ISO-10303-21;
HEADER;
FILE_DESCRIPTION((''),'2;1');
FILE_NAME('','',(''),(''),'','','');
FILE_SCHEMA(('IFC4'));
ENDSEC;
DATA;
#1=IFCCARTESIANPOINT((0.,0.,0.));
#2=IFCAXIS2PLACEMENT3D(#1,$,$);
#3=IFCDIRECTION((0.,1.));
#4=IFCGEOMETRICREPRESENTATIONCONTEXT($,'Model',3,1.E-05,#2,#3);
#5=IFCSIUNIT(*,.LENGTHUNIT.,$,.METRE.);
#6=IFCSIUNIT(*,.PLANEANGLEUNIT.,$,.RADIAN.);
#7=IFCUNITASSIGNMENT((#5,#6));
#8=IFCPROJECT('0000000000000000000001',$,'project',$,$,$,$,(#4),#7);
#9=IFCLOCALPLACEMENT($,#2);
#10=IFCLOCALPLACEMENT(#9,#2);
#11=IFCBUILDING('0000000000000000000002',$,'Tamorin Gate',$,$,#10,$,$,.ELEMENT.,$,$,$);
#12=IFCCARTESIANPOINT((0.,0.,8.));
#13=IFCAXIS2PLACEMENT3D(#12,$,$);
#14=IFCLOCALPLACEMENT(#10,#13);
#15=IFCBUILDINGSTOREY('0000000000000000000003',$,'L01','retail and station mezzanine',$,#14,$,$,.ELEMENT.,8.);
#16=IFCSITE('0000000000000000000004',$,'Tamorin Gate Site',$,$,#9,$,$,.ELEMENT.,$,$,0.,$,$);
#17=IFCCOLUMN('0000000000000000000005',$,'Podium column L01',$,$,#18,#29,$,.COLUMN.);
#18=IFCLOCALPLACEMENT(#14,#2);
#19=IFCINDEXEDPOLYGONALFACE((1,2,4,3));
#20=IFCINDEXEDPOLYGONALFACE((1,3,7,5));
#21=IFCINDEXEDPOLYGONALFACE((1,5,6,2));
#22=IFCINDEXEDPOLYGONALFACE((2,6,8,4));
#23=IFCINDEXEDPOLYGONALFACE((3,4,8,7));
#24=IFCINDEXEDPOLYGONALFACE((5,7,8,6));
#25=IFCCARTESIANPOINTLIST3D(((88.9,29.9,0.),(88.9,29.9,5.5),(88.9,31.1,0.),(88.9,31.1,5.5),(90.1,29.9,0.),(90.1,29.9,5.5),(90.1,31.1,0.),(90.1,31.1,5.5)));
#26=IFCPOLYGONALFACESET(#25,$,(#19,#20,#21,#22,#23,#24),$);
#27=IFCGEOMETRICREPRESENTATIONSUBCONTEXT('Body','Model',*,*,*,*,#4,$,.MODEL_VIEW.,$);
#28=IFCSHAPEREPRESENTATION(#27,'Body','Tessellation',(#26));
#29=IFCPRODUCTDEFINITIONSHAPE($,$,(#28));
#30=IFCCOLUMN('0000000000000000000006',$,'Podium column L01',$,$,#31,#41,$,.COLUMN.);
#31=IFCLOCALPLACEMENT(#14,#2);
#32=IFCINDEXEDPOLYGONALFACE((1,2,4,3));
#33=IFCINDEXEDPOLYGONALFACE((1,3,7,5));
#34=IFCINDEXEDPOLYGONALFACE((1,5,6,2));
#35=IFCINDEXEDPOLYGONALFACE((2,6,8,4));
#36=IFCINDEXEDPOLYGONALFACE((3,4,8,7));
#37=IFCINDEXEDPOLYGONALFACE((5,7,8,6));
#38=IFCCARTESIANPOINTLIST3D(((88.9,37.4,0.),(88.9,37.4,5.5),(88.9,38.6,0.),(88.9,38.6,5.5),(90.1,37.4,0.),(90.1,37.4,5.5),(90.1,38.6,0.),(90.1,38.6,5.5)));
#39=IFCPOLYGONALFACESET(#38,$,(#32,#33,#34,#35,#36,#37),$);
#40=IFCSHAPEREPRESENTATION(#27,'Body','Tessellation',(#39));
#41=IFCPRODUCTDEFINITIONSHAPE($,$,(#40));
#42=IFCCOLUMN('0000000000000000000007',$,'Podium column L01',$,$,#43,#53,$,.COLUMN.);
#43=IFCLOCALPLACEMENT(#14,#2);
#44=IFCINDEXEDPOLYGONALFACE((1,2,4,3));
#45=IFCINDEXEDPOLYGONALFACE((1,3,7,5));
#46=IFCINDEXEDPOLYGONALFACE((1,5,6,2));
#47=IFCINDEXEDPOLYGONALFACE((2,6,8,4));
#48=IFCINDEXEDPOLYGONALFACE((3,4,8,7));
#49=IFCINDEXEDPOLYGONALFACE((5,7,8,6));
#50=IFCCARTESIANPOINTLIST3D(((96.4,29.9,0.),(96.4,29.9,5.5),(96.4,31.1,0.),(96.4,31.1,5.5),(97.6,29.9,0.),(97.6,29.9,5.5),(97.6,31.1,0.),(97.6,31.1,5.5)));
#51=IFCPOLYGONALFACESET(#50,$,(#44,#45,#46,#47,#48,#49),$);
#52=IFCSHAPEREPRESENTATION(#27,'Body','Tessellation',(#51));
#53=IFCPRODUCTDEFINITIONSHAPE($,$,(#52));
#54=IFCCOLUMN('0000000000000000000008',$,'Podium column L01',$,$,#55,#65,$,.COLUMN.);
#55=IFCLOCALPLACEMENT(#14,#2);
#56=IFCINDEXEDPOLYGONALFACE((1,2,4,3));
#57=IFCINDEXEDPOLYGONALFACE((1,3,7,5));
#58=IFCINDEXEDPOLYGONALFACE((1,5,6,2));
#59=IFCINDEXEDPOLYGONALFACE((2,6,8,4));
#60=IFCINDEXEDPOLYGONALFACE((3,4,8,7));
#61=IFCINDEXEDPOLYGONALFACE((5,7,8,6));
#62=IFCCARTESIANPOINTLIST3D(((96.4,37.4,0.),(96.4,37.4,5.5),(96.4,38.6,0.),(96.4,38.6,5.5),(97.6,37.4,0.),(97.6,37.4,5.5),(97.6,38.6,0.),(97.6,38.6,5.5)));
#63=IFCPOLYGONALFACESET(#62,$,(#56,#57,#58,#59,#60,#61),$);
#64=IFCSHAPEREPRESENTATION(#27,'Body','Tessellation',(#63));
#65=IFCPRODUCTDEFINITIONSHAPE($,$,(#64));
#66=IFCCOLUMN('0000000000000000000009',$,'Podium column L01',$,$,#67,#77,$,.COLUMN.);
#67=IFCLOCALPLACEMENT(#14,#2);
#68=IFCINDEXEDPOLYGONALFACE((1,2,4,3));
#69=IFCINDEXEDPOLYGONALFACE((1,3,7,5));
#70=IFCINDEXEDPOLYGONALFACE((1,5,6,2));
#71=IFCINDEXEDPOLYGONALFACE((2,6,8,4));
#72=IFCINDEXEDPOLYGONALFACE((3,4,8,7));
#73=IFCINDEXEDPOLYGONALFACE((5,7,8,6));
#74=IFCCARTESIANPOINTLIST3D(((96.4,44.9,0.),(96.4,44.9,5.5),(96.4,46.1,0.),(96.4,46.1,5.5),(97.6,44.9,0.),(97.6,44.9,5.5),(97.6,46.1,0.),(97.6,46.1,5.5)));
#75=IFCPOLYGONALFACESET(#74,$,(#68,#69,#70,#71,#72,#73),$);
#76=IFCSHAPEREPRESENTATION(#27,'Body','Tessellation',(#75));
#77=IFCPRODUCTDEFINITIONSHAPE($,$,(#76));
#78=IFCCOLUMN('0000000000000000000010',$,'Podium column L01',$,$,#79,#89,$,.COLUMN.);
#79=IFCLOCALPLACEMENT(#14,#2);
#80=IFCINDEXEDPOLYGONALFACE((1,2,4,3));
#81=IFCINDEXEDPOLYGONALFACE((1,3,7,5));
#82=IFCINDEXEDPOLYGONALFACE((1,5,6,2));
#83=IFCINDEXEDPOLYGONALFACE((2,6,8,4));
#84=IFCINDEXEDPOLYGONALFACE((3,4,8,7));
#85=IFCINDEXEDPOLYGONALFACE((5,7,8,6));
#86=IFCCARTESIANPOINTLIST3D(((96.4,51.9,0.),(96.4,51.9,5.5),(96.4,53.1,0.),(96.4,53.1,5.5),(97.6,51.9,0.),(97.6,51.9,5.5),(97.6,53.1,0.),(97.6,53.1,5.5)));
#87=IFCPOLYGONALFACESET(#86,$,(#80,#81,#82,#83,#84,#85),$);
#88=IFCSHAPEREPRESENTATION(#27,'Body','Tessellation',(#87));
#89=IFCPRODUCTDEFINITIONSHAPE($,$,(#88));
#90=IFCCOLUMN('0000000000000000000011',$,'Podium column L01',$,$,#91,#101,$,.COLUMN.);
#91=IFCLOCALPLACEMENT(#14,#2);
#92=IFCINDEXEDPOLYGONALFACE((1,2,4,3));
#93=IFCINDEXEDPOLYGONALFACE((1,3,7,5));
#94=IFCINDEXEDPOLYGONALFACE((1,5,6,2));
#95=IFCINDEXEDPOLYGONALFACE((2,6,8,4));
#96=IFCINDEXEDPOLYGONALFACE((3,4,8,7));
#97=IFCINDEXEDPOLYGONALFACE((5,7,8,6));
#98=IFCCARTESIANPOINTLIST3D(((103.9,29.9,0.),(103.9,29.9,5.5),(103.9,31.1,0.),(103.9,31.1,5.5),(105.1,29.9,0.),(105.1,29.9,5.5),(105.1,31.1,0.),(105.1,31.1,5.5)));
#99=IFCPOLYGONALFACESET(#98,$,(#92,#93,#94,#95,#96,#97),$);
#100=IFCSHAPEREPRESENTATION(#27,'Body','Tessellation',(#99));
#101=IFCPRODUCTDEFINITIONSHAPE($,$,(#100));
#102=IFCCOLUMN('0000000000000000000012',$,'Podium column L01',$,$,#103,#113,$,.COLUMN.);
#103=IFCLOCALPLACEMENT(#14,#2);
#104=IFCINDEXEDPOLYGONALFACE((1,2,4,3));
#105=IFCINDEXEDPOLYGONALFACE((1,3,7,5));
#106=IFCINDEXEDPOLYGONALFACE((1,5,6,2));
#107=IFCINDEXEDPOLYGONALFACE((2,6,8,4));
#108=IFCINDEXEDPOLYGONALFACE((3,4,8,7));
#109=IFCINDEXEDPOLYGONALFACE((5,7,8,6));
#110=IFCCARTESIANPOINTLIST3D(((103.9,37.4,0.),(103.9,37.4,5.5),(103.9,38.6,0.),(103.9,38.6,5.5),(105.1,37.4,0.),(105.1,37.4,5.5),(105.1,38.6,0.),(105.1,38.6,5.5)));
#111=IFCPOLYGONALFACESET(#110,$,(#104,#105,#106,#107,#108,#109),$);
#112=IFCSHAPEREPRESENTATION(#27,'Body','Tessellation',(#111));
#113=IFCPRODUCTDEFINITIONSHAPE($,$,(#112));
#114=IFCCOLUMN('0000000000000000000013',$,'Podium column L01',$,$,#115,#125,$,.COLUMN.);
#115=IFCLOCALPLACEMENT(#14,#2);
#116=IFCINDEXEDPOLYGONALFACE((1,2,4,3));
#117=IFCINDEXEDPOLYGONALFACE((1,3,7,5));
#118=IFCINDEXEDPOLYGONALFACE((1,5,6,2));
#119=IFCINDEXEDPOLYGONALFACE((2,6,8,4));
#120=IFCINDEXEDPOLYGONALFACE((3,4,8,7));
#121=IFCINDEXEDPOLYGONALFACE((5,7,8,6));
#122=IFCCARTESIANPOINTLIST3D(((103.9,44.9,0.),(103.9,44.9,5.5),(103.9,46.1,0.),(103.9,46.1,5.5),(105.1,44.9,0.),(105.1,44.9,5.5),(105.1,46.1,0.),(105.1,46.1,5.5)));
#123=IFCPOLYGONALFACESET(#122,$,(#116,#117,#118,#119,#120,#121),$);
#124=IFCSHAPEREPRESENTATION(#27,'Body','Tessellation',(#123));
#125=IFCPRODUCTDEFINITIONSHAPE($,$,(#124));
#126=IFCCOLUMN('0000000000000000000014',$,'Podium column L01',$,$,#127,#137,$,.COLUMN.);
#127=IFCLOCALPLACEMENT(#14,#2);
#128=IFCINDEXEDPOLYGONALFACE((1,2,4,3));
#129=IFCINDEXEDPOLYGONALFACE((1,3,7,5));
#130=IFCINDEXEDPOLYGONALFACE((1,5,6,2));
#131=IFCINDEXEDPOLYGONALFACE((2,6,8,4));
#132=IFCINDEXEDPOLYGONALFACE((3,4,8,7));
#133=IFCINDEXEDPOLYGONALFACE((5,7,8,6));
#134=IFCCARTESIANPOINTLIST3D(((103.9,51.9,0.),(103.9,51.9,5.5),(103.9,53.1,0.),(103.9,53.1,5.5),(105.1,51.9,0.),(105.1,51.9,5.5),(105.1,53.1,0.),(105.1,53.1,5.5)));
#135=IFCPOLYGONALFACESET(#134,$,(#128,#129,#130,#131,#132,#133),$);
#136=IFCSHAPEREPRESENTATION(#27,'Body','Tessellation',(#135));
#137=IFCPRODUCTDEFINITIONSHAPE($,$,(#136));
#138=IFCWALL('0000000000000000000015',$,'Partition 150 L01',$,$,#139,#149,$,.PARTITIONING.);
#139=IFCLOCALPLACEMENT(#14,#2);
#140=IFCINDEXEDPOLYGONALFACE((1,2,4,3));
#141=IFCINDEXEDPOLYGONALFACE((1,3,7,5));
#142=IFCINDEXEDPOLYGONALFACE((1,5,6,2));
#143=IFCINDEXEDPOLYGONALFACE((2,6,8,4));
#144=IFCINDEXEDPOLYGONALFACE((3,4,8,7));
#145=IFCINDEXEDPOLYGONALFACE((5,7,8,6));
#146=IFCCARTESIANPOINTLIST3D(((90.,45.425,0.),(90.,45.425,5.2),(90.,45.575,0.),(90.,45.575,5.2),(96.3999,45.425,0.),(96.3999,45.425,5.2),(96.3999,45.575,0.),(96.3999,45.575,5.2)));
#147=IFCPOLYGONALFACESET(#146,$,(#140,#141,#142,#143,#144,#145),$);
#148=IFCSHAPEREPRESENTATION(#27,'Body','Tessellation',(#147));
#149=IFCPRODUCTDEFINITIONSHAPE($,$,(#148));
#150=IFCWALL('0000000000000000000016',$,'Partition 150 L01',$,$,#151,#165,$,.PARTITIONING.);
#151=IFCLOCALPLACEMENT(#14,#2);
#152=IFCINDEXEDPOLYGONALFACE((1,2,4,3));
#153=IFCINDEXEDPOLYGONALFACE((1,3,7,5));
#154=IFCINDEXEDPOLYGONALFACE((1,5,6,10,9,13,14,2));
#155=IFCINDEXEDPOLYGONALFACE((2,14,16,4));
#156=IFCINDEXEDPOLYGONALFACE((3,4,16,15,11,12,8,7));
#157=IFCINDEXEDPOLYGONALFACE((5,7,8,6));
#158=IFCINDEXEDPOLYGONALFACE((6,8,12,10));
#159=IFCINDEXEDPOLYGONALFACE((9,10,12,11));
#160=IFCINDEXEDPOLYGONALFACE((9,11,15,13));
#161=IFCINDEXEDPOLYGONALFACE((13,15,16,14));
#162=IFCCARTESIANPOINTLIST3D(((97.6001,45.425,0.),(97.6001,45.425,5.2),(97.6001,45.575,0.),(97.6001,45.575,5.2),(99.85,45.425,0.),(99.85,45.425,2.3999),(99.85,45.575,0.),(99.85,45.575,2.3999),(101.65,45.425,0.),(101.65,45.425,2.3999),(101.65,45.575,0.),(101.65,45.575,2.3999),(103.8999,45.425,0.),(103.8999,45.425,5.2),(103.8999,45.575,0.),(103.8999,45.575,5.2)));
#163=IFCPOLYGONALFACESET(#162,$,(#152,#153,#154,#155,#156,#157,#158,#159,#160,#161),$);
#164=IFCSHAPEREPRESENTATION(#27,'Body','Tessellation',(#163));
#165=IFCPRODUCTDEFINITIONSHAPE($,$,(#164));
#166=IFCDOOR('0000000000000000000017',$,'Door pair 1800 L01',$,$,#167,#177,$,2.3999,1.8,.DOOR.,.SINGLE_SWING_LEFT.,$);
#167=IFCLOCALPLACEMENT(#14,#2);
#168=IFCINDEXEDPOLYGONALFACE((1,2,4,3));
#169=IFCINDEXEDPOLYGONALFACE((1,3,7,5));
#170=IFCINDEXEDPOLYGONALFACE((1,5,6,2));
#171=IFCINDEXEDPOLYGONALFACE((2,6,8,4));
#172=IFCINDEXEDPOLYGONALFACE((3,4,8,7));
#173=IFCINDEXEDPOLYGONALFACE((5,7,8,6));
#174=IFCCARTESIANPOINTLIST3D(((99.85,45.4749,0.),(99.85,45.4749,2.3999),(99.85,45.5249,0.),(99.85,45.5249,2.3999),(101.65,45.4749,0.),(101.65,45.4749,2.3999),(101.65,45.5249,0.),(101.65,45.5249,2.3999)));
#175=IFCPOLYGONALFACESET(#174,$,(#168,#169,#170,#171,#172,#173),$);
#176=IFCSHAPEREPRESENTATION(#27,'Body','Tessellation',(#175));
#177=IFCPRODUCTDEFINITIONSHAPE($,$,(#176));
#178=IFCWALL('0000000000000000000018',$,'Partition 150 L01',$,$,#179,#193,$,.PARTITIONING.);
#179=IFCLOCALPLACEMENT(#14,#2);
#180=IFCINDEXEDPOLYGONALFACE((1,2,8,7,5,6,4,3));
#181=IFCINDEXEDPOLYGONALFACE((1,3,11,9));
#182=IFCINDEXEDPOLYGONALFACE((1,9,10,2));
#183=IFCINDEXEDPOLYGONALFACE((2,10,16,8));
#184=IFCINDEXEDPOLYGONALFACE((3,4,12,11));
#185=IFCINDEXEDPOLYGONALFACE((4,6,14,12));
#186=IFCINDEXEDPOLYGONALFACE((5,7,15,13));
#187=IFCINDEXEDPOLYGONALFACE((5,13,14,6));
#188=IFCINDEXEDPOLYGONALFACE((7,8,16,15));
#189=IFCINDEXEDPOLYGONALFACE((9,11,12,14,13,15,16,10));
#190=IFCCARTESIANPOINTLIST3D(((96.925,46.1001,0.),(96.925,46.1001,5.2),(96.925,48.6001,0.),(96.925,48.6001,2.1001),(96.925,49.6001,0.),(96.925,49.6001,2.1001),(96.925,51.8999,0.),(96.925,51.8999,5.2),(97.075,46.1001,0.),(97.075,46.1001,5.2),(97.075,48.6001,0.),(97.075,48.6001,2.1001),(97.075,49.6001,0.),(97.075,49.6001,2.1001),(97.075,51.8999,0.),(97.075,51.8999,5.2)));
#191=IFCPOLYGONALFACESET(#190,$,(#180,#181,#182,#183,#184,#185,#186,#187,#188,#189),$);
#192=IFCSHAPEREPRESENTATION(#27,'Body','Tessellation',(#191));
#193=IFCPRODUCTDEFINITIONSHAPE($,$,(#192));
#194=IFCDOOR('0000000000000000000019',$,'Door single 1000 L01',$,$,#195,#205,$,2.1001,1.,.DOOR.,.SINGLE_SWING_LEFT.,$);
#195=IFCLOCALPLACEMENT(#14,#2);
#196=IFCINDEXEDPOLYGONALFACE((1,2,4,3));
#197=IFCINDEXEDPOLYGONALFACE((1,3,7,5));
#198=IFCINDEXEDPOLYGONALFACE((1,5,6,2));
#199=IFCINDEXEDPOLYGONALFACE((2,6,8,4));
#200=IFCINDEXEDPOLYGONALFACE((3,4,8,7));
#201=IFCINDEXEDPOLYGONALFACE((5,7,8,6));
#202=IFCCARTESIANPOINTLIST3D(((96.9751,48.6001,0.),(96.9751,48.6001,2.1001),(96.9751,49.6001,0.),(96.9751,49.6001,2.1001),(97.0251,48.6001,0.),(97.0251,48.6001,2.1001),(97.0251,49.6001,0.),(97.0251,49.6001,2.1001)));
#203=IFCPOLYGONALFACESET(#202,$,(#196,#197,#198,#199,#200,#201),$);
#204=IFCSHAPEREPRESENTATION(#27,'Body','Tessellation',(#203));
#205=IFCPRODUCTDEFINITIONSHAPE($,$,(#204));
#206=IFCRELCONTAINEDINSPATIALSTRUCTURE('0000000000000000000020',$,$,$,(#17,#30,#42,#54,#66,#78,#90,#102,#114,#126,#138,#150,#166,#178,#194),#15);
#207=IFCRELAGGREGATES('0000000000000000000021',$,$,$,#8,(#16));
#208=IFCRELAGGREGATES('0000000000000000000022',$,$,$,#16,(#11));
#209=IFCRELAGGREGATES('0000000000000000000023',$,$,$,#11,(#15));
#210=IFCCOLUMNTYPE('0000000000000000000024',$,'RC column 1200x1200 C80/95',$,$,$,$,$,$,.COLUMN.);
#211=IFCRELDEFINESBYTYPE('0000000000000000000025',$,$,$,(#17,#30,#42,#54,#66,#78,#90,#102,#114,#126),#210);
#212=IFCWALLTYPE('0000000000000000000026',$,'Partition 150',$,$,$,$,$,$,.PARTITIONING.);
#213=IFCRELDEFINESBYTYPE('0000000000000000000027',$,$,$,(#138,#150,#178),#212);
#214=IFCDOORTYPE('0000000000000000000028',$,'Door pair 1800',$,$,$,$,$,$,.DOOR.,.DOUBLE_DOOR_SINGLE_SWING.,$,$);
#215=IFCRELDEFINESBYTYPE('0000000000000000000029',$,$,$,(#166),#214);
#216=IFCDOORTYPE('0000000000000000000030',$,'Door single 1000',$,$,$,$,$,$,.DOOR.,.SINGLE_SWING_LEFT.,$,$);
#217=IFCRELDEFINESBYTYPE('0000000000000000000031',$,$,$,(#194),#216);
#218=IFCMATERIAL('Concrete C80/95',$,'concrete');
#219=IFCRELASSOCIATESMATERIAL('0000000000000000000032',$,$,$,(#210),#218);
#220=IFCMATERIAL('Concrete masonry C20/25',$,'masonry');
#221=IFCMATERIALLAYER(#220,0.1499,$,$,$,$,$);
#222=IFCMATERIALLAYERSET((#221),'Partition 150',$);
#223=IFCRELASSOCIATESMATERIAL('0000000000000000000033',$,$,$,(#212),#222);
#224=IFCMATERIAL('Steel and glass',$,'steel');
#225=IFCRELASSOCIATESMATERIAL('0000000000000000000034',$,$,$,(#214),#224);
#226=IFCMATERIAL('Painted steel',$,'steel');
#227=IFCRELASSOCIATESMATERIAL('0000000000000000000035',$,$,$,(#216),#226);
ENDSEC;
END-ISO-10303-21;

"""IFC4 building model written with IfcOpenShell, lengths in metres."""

from ifc_helpers import new_model, si_unit, direction, frame, frame_2d, origin, origin_2d, place, context, subcontext, project, spatial, rectangle, extrude, material, layer, layer_set, material_profile, profile_set, type_object, element, fill, save


model = new_model("IFC4")

# Units and contexts
model_context = context("Model", 3, precision=1e-05, world=origin(), true_north=direction((0.0, 1.0)))
body_context = subcontext(model_context, "Body", "Model", "MODEL_VIEW")
ifc_project = project(units=[si_unit("LENGTHUNIT", "METRE"), si_unit("PLANEANGLEUNIT", "RADIAN")], contexts=[model_context])

# Site, building, storey
site_placement = place(None, origin())
site = spatial("IfcSite", under=ifc_project, at=site_placement, Name="Tamorin Gate Site", CompositionType="ELEMENT", RefElevation=0.0)
building_placement = place(site_placement, origin())
building = spatial("IfcBuilding", under=site, at=building_placement, Name="Tamorin Gate", CompositionType="ELEMENT")
storey_placement = place(building_placement, frame((0.0, 0.0, 8.0)))
storey = spatial("IfcBuildingStorey", under=building, at=storey_placement, Name="L01", Description="retail and station mezzanine", CompositionType="ELEMENT", Elevation=8.0)

# Columns
ifc_material_1 = material(Name="Concrete C80/95", Category="concrete")
ifc_material_profile = material_profile(ifc_material_1, rectangle(XDim=1.2, YDim=1.2, at=origin_2d()), Name="RC 1200x1200")
ifc_profile_set = profile_set([ifc_material_profile], Name="Concrete C80/95")
column_type = type_object("IfcColumnType", Name="RC column 1200x1200 C80/95", PredefinedType="COLUMN", material=ifc_profile_set)
for number, where, z_axis, x_axis, name in (
    (1, (89.5, 30.5, 0.0), (0.0, 0.0, 1.0), (1.0, 0.0, 0.0), "Podium column L01"),
    (2, (89.5, 38.0, 0.0), (0.0, 0.0, 1.0), (1.0, 0.0, 0.0), "Podium column L01"),
    (3, (97.0, 30.5, 0.0), (0.0, 0.0, 1.0), (1.0, 0.0, 0.0), "Podium column L01"),
    (4, (97.0, 38.0, 0.0), (0.0, 0.0, 1.0), (1.0, 0.0, 0.0), "Podium column L01"),
    (5, (97.0, 45.5, 0.0), (0.0, 0.0, 1.0), (1.0, 0.0, 0.0), "Podium column L01"),
    (6, (97.0, 52.5, 0.0), (0.0, 0.0, 1.0), (1.0, 0.0, 0.0), "Podium column L01"),
    (7, (104.5, 30.5, 0.0), (0.0, 0.0, 1.0), (1.0, 0.0, 0.0), "Podium column L01"),
    (8, (104.5, 38.0, 0.0), (0.0, 0.0, 1.0), (1.0, 0.0, 0.0), "Podium column L01"),
    (9, (104.5, 45.5, 0.0), (0.0, 0.0, 1.0), (1.0, 0.0, 0.0), "Podium column L01"),
    (10, (104.5, 52.5, 0.0), (0.0, 0.0, 1.0), (1.0, 0.0, 0.0), "Podium column L01"),
):
    element("IfcColumn", number, at=place(storey_placement, frame(where, z_axis=z_axis, x_axis=x_axis)), inside=storey, type_object=column_type, Name=name, PredefinedType="COLUMN", context=body_context, shape_type="SweptSolid", body=[
        extrude(rectangle(XDim=1.2, YDim=1.2, at=origin_2d()), origin(), (0.0, 0.0, 1.0), 5.5),
    ])

# Wall
ifc_material_2 = material(Name="Concrete masonry C20/25", Category="masonry")
ifc_layer_1 = layer(ifc_material_2, 0.1499)
ifc_layer_set_1 = layer_set([ifc_layer_1], Name="Partition 150")
wall_type_1 = type_object("IfcWallType", Name="Partition 150", PredefinedType="PARTITIONING", material=ifc_layer_set_1)
wall_1_placement = place(storey_placement, frame((90.0, 45.5, 0.0), z_axis=(0.0, 0.0, 1.0), x_axis=(1.0, 0.0, 0.0)))
element("IfcWall", 11, at=wall_1_placement, inside=storey, type_object=wall_type_1, Name="Partition 150 L01", PredefinedType="PARTITIONING", context=body_context, shape_type="SweptSolid", body=[
    extrude(rectangle(XDim=6.3999, YDim=0.1499, at=frame_2d((3.2, 0.0))), origin(), (0.0, 0.0, 1.0), 5.2),
])

# Walls, openings, doors
wall_2_placement = place(storey_placement, frame((97.6001, 45.5, 0.0), z_axis=(0.0, 0.0, 1.0), x_axis=(1.0, 0.0, 0.0)))
wall_2 = element("IfcWall", 12, at=wall_2_placement, inside=storey, type_object=wall_type_1, Name="Partition 150 L01", PredefinedType="PARTITIONING", context=body_context, shape_type="SweptSolid", body=[
    extrude(rectangle(XDim=6.2998, YDim=0.1499, at=frame_2d((3.1499, 0.0))), origin(), (0.0, 0.0, 1.0), 5.2),
])
opening_1_placement = place(wall_2_placement, frame((2.25, 0.0, 0.0)))
opening_1 = element("IfcOpeningElement", 13, at=opening_1_placement, cuts=wall_2, PredefinedType="OPENING", context=body_context, shape_type="SweptSolid", body=[
    extrude(rectangle(XDim=1.8, YDim=2.3999, at=frame_2d((0.8999, 1.2))), frame((0.0, 0.085, 0.0), z_axis=(0.0, -1.0, 0.0), x_axis=(1.0, 0.0, 0.0)), (0.0, 0.0, 1.0), 0.1699),
])
ifc_material_3 = material(Name="Steel and glass", Category="steel")
door_type_1 = type_object("IfcDoorType", Name="Door pair 1800", OperationType="DOUBLE_DOOR_SINGLE_SWING", PredefinedType="DOOR", material=ifc_material_3)
door_1_placement = place(opening_1_placement, origin())
door_1 = element("IfcDoor", 14, at=door_1_placement, inside=storey, type_object=door_type_1, Name="Door pair 1800 L01", OperationType="SINGLE_SWING_LEFT", OverallHeight=2.3999, OverallWidth=1.8, PredefinedType="DOOR", context=body_context, shape_type="SweptSolid", body=[
    extrude(rectangle(XDim=1.8, YDim=2.3999, at=frame_2d((0.8999, 1.2))), frame((0.0, 0.0249, 0.0), z_axis=(0.0, -1.0, 0.0), x_axis=(1.0, 0.0, 0.0)), (0.0, 0.0, 1.0), 0.05),
])
fill(opening_1, door_1)
wall_3_placement = place(storey_placement, frame((97.0, 46.1001, 0.0), z_axis=(0.0, 0.0, 1.0), x_axis=(0.0, 1.0, 0.0)))
wall_3 = element("IfcWall", 15, at=wall_3_placement, inside=storey, type_object=wall_type_1, Name="Partition 150 L01", PredefinedType="PARTITIONING", context=body_context, shape_type="SweptSolid", body=[
    extrude(rectangle(XDim=5.7998, YDim=0.1499, at=frame_2d((2.8999, 0.0))), origin(), (0.0, 0.0, 1.0), 5.2),
])
opening_2_placement = place(wall_3_placement, frame((2.5, 0.0, 0.0)))
opening_2 = element("IfcOpeningElement", 16, at=opening_2_placement, cuts=wall_3, PredefinedType="OPENING", context=body_context, shape_type="SweptSolid", body=[
    extrude(rectangle(XDim=1.0, YDim=2.1001, at=frame_2d((0.5, 1.05))), frame((0.0, 0.085, 0.0), z_axis=(0.0, -1.0, 0.0), x_axis=(1.0, 0.0, 0.0)), (0.0, 0.0, 1.0), 0.1699),
])
ifc_material_4 = material(Name="Painted steel", Category="steel")
door_type_2 = type_object("IfcDoorType", Name="Door single 1000", OperationType="SINGLE_SWING_LEFT", PredefinedType="DOOR", material=ifc_material_4)
door_2_placement = place(opening_2_placement, origin())
door_2 = element("IfcDoor", 17, at=door_2_placement, inside=storey, type_object=door_type_2, Name="Door single 1000 L01", OperationType="SINGLE_SWING_LEFT", OverallHeight=2.1001, OverallWidth=1.0, PredefinedType="DOOR", context=body_context, shape_type="SweptSolid", body=[
    extrude(rectangle(XDim=1.0, YDim=2.1001, at=frame_2d((0.5, 1.05))), frame((0.0, 0.0249, 0.0), z_axis=(0.0, -1.0, 0.0), x_axis=(1.0, 0.0, 0.0)), (0.0, 0.0, 1.0), 0.05),
])
fill(opening_2, door_2)

save(model, "model.ifc")
